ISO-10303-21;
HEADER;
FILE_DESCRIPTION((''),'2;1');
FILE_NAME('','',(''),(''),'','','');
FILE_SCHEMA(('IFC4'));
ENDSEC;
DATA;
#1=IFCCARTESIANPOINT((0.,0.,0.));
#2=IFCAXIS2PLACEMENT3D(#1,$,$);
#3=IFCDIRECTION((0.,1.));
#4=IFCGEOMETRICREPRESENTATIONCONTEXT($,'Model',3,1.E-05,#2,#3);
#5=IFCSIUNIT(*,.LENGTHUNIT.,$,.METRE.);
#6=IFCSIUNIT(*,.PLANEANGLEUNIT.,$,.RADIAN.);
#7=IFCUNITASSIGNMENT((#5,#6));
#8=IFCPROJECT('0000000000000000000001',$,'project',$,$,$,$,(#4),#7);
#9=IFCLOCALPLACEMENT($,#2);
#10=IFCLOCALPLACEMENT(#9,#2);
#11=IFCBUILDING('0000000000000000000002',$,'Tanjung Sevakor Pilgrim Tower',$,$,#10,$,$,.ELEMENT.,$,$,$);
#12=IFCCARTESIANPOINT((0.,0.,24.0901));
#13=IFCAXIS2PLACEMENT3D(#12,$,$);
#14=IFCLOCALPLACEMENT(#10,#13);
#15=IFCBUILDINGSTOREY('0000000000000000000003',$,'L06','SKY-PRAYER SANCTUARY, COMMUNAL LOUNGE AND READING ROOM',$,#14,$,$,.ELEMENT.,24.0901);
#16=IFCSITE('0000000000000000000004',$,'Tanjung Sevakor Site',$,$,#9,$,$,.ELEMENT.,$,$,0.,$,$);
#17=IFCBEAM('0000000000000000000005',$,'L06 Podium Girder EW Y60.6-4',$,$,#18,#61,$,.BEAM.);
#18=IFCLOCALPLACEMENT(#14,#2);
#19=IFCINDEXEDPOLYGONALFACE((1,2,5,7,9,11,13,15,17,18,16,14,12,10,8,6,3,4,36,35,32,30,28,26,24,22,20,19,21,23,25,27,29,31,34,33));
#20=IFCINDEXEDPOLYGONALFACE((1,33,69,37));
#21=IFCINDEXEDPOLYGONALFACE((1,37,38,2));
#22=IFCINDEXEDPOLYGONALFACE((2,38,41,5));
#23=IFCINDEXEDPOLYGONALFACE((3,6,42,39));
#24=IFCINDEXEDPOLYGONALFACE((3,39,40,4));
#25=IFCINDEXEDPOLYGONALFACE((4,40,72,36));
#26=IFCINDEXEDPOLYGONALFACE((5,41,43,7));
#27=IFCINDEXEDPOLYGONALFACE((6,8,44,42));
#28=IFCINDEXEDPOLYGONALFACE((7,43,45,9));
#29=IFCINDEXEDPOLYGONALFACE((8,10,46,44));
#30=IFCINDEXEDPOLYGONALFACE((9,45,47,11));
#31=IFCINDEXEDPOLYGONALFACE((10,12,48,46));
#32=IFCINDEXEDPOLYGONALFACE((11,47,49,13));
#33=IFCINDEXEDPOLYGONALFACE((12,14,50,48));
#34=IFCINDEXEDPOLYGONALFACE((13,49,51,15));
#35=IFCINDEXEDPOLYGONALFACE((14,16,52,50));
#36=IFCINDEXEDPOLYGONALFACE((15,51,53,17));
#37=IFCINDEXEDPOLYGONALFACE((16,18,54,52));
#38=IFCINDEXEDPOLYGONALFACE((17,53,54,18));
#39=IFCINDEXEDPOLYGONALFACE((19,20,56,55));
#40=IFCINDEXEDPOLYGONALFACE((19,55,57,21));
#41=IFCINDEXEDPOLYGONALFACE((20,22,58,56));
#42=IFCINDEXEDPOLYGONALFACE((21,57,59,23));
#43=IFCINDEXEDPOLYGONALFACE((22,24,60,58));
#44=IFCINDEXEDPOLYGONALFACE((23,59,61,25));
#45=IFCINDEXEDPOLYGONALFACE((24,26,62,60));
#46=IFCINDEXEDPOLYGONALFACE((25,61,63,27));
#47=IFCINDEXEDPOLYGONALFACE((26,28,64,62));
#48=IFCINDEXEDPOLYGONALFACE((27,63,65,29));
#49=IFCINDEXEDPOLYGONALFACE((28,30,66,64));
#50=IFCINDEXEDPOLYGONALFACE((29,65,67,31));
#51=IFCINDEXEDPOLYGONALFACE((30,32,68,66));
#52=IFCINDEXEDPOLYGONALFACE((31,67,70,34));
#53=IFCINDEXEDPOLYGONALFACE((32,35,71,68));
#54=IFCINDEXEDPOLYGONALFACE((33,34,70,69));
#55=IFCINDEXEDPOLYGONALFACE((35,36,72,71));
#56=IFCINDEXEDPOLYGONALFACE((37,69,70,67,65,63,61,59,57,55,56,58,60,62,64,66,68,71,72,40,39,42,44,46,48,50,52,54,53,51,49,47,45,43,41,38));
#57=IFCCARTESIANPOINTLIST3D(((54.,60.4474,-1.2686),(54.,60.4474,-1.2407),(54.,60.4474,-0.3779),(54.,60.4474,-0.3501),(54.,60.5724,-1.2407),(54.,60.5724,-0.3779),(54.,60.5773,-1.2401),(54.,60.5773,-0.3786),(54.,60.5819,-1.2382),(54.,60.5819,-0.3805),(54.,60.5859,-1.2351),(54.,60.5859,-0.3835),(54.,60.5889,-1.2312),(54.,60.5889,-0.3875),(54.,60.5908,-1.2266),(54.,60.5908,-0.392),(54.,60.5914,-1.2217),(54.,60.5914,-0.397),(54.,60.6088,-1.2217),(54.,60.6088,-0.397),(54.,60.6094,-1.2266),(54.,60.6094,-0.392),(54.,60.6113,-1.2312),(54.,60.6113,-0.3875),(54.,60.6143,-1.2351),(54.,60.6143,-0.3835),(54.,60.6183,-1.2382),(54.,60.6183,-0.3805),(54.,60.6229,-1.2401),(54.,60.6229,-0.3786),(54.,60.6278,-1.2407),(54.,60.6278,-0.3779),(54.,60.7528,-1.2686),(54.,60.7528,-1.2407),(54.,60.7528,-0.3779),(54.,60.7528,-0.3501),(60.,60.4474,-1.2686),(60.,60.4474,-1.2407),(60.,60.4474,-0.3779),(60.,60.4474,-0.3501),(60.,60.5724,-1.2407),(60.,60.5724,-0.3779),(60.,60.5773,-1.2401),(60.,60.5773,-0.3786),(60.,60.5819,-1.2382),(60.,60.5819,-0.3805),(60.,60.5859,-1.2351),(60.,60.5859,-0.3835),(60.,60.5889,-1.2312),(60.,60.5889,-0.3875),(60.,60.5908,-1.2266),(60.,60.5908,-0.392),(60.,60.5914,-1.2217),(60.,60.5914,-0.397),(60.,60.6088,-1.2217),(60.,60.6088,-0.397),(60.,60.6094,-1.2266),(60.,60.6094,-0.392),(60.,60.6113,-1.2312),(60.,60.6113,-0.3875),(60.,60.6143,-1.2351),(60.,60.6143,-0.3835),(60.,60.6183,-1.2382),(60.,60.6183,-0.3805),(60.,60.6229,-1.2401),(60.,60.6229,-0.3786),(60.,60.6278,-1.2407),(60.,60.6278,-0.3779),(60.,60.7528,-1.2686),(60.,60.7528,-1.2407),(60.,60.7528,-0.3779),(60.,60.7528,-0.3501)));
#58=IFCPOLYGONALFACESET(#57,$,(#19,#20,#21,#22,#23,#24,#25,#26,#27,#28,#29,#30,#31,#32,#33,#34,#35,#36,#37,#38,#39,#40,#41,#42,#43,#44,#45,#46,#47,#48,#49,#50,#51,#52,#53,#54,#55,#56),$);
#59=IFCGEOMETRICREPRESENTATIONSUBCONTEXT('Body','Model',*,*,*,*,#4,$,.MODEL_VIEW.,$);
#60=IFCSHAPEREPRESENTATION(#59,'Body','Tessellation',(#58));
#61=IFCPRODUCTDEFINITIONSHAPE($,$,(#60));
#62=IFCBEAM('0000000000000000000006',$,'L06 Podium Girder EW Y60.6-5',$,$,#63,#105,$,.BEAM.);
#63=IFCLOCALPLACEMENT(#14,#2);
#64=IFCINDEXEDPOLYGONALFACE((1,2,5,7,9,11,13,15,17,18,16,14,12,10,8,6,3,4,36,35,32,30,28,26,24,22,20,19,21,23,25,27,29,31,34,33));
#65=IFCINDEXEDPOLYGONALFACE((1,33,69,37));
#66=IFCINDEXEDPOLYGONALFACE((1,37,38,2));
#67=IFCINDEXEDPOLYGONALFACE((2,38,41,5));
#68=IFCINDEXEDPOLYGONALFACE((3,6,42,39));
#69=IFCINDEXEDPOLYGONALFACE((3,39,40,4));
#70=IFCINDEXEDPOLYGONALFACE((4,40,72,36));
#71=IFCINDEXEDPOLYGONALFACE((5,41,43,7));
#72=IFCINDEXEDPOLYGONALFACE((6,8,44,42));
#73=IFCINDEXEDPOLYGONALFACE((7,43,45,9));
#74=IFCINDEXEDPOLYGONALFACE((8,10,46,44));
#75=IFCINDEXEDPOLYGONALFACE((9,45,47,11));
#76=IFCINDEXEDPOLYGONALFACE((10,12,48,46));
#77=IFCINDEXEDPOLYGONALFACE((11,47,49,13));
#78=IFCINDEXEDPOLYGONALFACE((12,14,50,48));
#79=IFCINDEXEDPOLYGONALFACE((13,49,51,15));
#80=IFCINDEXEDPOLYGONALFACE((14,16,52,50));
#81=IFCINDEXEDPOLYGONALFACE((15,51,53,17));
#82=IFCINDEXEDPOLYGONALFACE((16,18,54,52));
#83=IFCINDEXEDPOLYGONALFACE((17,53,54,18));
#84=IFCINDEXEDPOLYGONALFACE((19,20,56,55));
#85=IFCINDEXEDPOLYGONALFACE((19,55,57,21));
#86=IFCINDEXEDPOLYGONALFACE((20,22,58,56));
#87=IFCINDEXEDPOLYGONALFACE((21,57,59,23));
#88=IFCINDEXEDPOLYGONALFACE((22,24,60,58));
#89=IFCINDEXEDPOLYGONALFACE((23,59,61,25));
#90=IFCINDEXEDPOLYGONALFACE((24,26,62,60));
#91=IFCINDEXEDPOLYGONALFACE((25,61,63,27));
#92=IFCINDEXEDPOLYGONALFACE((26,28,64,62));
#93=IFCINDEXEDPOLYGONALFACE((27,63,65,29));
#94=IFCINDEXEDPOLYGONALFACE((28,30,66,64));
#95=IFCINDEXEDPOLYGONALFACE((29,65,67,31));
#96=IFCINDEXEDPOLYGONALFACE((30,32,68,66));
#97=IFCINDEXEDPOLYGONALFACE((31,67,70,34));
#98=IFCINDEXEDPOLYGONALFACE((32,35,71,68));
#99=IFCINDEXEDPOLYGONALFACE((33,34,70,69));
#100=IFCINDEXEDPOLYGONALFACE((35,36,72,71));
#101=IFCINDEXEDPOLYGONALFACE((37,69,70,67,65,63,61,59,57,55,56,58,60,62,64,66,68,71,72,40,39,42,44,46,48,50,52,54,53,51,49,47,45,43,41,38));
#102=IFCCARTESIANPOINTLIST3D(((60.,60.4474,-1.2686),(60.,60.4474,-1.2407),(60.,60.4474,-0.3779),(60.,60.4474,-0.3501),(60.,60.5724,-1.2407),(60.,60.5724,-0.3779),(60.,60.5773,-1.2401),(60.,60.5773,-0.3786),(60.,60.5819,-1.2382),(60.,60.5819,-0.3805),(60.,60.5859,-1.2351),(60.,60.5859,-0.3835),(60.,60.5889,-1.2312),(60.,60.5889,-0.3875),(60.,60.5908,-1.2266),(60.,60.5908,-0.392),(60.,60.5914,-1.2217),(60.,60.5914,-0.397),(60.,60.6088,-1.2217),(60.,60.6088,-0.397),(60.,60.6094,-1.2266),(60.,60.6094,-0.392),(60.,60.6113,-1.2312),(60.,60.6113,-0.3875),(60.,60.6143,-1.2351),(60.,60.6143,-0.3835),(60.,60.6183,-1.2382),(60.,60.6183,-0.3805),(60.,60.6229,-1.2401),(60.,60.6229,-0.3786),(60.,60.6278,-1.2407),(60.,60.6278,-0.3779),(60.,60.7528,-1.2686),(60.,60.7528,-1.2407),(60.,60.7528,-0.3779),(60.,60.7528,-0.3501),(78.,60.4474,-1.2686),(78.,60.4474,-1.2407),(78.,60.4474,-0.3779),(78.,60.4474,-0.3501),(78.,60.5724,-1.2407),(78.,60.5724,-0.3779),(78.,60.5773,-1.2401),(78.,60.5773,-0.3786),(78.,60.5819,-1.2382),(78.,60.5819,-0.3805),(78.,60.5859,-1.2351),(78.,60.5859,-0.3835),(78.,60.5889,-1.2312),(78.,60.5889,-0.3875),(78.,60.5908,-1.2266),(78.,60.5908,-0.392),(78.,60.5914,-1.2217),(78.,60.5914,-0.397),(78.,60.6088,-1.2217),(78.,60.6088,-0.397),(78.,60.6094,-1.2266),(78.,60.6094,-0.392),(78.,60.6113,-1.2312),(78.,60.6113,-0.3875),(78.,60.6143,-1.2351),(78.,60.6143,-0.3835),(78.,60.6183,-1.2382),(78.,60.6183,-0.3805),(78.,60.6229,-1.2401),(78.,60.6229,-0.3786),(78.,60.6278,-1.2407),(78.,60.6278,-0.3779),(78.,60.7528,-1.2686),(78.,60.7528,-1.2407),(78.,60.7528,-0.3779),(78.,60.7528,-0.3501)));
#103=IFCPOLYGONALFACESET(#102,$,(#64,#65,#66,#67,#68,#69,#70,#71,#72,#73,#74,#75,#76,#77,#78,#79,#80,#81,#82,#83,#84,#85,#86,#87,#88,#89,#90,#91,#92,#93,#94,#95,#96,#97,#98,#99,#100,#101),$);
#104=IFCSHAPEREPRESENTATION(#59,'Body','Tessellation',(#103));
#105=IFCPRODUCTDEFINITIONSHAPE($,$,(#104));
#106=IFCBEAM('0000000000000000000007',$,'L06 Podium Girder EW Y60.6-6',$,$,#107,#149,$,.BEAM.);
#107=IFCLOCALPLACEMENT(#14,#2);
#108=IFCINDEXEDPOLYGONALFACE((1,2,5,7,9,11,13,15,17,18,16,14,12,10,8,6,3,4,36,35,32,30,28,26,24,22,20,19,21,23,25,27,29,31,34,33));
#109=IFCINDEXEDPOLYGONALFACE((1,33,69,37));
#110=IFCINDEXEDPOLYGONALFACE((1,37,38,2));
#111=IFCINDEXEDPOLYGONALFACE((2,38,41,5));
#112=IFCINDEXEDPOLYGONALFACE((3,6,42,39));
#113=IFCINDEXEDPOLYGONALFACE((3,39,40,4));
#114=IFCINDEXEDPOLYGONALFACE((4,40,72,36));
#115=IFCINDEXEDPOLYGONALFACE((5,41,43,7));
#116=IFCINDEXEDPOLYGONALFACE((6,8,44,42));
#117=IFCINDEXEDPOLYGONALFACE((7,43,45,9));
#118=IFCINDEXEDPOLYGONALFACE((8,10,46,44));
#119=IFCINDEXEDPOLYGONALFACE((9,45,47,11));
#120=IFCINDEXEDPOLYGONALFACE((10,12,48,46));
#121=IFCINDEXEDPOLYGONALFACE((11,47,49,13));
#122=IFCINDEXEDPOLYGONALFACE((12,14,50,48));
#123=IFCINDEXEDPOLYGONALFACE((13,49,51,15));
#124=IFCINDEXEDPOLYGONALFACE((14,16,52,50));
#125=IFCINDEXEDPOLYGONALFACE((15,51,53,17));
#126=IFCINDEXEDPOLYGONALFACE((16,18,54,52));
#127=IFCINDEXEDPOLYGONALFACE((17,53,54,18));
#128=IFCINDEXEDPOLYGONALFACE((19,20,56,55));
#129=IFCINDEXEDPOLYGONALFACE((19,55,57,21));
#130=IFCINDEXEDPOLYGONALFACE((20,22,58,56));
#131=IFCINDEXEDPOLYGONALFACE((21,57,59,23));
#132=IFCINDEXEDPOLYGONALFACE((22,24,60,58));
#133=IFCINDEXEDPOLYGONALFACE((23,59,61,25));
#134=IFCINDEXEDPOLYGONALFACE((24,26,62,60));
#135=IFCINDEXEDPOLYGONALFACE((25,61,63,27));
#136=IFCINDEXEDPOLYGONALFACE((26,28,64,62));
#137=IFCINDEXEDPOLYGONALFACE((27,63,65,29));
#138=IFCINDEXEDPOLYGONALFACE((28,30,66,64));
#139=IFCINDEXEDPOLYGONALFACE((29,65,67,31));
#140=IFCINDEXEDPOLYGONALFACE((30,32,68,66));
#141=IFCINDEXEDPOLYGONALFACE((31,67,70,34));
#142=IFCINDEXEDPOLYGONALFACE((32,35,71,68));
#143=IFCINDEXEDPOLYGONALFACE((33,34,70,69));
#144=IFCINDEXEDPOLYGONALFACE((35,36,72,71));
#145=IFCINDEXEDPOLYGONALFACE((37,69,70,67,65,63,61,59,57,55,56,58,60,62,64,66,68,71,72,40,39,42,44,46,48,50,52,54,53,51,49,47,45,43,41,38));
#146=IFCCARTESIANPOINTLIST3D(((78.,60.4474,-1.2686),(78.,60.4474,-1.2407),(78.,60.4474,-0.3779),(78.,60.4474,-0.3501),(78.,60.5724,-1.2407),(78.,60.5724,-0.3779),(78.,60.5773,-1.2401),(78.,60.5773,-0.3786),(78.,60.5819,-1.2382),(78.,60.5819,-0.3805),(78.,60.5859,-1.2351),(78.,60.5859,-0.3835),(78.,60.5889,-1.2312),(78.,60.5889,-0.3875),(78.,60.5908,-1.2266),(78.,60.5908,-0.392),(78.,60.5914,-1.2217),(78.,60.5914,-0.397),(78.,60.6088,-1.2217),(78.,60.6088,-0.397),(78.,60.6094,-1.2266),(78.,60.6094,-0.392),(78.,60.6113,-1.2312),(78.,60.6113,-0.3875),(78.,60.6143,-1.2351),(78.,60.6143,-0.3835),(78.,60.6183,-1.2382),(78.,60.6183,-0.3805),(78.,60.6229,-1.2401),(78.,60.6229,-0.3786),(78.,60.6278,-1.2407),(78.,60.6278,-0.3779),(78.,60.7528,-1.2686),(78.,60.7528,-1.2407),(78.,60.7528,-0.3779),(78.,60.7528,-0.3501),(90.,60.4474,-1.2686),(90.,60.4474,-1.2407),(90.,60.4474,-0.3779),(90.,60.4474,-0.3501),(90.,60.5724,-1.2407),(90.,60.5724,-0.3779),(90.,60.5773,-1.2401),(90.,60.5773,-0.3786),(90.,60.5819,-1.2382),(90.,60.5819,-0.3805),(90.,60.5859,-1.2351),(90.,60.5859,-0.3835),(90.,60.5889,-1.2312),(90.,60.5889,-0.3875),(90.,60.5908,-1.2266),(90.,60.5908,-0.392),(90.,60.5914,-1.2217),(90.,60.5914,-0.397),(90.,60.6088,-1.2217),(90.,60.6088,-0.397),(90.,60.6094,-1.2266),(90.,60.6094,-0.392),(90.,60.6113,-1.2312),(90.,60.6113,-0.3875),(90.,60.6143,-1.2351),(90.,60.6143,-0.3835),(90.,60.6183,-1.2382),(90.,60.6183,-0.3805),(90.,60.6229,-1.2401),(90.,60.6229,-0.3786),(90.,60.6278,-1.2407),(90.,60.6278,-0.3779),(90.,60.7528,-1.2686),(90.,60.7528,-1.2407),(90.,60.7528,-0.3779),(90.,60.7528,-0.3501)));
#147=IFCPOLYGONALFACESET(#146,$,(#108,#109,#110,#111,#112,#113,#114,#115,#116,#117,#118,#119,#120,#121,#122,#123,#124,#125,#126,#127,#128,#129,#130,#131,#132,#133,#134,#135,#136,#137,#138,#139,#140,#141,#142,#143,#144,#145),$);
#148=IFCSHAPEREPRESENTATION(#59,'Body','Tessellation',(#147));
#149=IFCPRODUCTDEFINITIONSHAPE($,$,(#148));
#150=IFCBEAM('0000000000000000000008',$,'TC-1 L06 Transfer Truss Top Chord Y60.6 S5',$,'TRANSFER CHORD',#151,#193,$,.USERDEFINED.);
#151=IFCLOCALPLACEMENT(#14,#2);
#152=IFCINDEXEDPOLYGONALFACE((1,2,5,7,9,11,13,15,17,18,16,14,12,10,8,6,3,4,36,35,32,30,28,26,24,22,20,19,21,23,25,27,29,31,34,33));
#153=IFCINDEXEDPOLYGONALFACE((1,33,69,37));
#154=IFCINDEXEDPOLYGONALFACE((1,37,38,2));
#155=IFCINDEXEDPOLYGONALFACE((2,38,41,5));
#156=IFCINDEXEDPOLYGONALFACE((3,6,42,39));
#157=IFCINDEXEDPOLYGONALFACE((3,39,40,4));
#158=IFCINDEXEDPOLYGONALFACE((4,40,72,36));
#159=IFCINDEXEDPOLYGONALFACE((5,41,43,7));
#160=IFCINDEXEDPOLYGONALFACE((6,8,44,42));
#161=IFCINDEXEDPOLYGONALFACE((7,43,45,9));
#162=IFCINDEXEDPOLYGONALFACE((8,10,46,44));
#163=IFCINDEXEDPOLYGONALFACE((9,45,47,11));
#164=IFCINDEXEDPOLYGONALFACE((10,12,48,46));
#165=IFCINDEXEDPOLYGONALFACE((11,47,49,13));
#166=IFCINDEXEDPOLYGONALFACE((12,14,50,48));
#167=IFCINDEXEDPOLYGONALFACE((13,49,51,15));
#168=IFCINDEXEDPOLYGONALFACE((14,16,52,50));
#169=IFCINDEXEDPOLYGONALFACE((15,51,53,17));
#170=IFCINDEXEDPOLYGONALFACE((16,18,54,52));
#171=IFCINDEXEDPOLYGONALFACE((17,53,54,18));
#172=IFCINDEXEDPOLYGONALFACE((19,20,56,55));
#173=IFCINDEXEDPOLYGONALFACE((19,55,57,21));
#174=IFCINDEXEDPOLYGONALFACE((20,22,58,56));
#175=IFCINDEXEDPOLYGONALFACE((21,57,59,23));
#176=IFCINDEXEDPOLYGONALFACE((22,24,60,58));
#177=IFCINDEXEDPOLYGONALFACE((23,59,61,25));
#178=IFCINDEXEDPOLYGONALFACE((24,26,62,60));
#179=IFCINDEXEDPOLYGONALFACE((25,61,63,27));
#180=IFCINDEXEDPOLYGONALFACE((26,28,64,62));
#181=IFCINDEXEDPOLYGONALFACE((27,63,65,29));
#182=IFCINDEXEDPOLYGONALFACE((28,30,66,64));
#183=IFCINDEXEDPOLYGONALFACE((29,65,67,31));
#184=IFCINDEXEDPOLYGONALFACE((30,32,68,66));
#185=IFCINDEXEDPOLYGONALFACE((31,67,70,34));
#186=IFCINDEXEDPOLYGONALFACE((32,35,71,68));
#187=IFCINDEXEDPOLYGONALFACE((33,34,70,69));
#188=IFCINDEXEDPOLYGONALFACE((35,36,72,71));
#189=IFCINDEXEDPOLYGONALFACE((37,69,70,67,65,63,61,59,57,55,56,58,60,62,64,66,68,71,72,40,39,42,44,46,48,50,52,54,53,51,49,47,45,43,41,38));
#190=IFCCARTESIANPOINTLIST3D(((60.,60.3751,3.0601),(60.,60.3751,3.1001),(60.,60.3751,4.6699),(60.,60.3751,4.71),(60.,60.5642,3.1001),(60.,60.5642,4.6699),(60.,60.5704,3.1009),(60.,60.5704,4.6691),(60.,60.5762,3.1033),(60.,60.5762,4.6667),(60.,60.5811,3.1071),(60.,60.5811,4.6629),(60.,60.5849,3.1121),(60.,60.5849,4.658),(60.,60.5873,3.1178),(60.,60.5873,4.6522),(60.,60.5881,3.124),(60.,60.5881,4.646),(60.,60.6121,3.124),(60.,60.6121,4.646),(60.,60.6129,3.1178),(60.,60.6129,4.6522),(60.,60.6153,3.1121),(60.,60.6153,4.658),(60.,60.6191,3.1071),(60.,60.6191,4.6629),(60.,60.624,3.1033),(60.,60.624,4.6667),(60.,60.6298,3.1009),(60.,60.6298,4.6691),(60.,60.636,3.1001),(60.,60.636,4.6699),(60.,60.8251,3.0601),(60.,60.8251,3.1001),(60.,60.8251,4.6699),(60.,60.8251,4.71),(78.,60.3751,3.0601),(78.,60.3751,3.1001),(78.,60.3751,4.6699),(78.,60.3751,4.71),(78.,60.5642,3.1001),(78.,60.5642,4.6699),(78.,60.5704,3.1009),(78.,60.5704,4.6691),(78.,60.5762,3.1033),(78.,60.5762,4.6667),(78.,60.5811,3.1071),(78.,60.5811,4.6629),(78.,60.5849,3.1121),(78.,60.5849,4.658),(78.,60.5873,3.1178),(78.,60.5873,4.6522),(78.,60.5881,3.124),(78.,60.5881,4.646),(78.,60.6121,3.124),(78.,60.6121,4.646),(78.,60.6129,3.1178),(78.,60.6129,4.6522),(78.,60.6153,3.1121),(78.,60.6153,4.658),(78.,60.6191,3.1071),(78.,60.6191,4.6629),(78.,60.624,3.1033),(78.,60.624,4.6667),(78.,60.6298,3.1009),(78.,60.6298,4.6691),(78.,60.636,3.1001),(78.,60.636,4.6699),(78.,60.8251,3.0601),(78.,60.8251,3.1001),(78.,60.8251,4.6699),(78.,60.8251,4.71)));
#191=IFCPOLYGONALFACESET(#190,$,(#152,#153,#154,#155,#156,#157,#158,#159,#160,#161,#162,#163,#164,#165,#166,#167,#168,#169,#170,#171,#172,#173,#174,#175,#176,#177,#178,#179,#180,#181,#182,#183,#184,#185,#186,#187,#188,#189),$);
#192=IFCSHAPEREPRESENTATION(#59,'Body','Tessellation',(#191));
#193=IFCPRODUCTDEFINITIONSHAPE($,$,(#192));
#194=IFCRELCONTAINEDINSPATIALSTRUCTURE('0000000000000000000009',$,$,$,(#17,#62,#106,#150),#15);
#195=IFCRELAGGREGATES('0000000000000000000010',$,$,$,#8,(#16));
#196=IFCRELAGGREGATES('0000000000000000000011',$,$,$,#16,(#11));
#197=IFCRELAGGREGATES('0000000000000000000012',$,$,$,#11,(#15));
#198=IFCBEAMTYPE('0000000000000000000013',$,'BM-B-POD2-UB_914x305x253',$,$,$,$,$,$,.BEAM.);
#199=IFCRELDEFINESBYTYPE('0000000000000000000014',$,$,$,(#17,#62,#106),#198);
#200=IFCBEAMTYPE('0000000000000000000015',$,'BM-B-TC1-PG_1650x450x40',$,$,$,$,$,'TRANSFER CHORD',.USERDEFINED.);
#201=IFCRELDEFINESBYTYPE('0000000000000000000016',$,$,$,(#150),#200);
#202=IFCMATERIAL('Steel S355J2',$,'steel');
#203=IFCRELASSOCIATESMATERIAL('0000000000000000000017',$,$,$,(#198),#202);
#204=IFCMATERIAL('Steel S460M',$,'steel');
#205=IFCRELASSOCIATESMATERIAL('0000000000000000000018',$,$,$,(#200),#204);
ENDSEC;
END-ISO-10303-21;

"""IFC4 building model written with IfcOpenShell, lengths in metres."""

from ifc_helpers import new_model, si_unit, direction, frame, origin, origin_2d, place, context, subcontext, project, spatial, i_section, extrude, material, material_profile, profile_set, type_object, element, save


model = new_model("IFC4")

# Units and contexts
model_context = context("Model", 3, precision=1e-05, world=origin(), true_north=direction((0.0, 1.0)))
body_context = subcontext(model_context, "Body", "Model", "MODEL_VIEW")
ifc_project = project(units=[si_unit("LENGTHUNIT", "METRE"), si_unit("PLANEANGLEUNIT", "RADIAN")], contexts=[model_context])

# Site, building, storey
site_placement = place(None, origin())
site = spatial("IfcSite", under=ifc_project, at=site_placement, Name="Tanjung Sevakor Site", CompositionType="ELEMENT", RefElevation=0.0)
building_placement = place(site_placement, origin())
building = spatial("IfcBuilding", under=site, at=building_placement, Name="Tanjung Sevakor Pilgrim Tower", CompositionType="ELEMENT")
storey_placement = place(building_placement, frame((0.0, 0.0, 24.0901)))
storey = spatial("IfcBuildingStorey", under=building, at=storey_placement, Name="L06", Description="SKY-PRAYER SANCTUARY, COMMUNAL LOUNGE AND READING ROOM", CompositionType="ELEMENT", Elevation=24.0901)

# Beams
ifc_material_1 = material(Name="Steel S355J2", Category="steel")
ifc_material_profile_1 = material_profile(ifc_material_1, i_section(OverallWidth=0.3054, OverallDepth=0.9185, WebThickness=0.0173, FlangeThickness=0.0278, FilletRadius=0.019, at=origin_2d()))
ifc_profile_set_1 = profile_set([ifc_material_profile_1], Name="Steel S355J2")
beam_type_1 = type_object("IfcBeamType", Name="BM-B-POD2-UB_914x305x253", PredefinedType="BEAM", material=ifc_profile_set_1)
beam_1_placement = place(storey_placement, frame((54.0, 60.6001, -0.8093), z_axis=(1.0, 0.0, 0.0), x_axis=(0.0, 1.0, 0.0)))
element("IfcBeam", 1, at=beam_1_placement, inside=storey, type_object=beam_type_1, Name="L06 Podium Girder EW Y60.6-4", PredefinedType="BEAM", context=body_context, shape_type="SweptSolid", body=[
    extrude(i_section(OverallWidth=0.3054, OverallDepth=0.9185, WebThickness=0.0173, FlangeThickness=0.0278, FilletRadius=0.019, at=origin_2d()), origin(), (0.0, 0.0, 1.0), 6.0),
])
beam_2_placement = place(storey_placement, frame((60.0, 60.6001, -0.8093), z_axis=(1.0, 0.0, 0.0), x_axis=(0.0, 1.0, 0.0)))
element("IfcBeam", 2, at=beam_2_placement, inside=storey, type_object=beam_type_1, Name="L06 Podium Girder EW Y60.6-5", PredefinedType="BEAM", context=body_context, shape_type="SweptSolid", body=[
    extrude(i_section(OverallWidth=0.3054, OverallDepth=0.9185, WebThickness=0.0173, FlangeThickness=0.0278, FilletRadius=0.019, at=origin_2d()), origin(), (0.0, 0.0, 1.0), 18.0),
])
beam_3_placement = place(storey_placement, frame((78.0, 60.6001, -0.8093), z_axis=(1.0, 0.0, 0.0), x_axis=(0.0, 1.0, 0.0)))
element("IfcBeam", 3, at=beam_3_placement, inside=storey, type_object=beam_type_1, Name="L06 Podium Girder EW Y60.6-6", PredefinedType="BEAM", context=body_context, shape_type="SweptSolid", body=[
    extrude(i_section(OverallWidth=0.3054, OverallDepth=0.9185, WebThickness=0.0173, FlangeThickness=0.0278, FilletRadius=0.019, at=origin_2d()), origin(), (0.0, 0.0, 1.0), 12.0),
])
ifc_material_2 = material(Name="Steel S460M", Category="steel")
ifc_material_profile_2 = material_profile(ifc_material_2, i_section(OverallWidth=0.45, OverallDepth=1.6499, WebThickness=0.0239, FlangeThickness=0.04, FilletRadius=0.0239, at=origin_2d()))
ifc_profile_set_2 = profile_set([ifc_material_profile_2], Name="Steel S460M")
beam_type_2 = type_object("IfcBeamType", Name="BM-B-TC1-PG_1650x450x40", ElementType="TRANSFER CHORD", PredefinedType="USERDEFINED", material=ifc_profile_set_2)
beam_4_placement = place(storey_placement, frame((60.0, 60.6001, 3.885), z_axis=(1.0, 0.0, 0.0), x_axis=(0.0, 1.0, 0.0)))
element("IfcBeam", 4, at=beam_4_placement, inside=storey, type_object=beam_type_2, Name="TC-1 L06 Transfer Truss Top Chord Y60.6 S5", ObjectType="TRANSFER CHORD", PredefinedType="USERDEFINED", context=body_context, shape_type="SweptSolid", body=[
    extrude(i_section(OverallWidth=0.45, OverallDepth=1.6499, WebThickness=0.0239, FlangeThickness=0.04, FilletRadius=0.0239, at=origin_2d()), origin(), (0.0, 0.0, 1.0), 18.0),
])

save(model, "model.ifc")
